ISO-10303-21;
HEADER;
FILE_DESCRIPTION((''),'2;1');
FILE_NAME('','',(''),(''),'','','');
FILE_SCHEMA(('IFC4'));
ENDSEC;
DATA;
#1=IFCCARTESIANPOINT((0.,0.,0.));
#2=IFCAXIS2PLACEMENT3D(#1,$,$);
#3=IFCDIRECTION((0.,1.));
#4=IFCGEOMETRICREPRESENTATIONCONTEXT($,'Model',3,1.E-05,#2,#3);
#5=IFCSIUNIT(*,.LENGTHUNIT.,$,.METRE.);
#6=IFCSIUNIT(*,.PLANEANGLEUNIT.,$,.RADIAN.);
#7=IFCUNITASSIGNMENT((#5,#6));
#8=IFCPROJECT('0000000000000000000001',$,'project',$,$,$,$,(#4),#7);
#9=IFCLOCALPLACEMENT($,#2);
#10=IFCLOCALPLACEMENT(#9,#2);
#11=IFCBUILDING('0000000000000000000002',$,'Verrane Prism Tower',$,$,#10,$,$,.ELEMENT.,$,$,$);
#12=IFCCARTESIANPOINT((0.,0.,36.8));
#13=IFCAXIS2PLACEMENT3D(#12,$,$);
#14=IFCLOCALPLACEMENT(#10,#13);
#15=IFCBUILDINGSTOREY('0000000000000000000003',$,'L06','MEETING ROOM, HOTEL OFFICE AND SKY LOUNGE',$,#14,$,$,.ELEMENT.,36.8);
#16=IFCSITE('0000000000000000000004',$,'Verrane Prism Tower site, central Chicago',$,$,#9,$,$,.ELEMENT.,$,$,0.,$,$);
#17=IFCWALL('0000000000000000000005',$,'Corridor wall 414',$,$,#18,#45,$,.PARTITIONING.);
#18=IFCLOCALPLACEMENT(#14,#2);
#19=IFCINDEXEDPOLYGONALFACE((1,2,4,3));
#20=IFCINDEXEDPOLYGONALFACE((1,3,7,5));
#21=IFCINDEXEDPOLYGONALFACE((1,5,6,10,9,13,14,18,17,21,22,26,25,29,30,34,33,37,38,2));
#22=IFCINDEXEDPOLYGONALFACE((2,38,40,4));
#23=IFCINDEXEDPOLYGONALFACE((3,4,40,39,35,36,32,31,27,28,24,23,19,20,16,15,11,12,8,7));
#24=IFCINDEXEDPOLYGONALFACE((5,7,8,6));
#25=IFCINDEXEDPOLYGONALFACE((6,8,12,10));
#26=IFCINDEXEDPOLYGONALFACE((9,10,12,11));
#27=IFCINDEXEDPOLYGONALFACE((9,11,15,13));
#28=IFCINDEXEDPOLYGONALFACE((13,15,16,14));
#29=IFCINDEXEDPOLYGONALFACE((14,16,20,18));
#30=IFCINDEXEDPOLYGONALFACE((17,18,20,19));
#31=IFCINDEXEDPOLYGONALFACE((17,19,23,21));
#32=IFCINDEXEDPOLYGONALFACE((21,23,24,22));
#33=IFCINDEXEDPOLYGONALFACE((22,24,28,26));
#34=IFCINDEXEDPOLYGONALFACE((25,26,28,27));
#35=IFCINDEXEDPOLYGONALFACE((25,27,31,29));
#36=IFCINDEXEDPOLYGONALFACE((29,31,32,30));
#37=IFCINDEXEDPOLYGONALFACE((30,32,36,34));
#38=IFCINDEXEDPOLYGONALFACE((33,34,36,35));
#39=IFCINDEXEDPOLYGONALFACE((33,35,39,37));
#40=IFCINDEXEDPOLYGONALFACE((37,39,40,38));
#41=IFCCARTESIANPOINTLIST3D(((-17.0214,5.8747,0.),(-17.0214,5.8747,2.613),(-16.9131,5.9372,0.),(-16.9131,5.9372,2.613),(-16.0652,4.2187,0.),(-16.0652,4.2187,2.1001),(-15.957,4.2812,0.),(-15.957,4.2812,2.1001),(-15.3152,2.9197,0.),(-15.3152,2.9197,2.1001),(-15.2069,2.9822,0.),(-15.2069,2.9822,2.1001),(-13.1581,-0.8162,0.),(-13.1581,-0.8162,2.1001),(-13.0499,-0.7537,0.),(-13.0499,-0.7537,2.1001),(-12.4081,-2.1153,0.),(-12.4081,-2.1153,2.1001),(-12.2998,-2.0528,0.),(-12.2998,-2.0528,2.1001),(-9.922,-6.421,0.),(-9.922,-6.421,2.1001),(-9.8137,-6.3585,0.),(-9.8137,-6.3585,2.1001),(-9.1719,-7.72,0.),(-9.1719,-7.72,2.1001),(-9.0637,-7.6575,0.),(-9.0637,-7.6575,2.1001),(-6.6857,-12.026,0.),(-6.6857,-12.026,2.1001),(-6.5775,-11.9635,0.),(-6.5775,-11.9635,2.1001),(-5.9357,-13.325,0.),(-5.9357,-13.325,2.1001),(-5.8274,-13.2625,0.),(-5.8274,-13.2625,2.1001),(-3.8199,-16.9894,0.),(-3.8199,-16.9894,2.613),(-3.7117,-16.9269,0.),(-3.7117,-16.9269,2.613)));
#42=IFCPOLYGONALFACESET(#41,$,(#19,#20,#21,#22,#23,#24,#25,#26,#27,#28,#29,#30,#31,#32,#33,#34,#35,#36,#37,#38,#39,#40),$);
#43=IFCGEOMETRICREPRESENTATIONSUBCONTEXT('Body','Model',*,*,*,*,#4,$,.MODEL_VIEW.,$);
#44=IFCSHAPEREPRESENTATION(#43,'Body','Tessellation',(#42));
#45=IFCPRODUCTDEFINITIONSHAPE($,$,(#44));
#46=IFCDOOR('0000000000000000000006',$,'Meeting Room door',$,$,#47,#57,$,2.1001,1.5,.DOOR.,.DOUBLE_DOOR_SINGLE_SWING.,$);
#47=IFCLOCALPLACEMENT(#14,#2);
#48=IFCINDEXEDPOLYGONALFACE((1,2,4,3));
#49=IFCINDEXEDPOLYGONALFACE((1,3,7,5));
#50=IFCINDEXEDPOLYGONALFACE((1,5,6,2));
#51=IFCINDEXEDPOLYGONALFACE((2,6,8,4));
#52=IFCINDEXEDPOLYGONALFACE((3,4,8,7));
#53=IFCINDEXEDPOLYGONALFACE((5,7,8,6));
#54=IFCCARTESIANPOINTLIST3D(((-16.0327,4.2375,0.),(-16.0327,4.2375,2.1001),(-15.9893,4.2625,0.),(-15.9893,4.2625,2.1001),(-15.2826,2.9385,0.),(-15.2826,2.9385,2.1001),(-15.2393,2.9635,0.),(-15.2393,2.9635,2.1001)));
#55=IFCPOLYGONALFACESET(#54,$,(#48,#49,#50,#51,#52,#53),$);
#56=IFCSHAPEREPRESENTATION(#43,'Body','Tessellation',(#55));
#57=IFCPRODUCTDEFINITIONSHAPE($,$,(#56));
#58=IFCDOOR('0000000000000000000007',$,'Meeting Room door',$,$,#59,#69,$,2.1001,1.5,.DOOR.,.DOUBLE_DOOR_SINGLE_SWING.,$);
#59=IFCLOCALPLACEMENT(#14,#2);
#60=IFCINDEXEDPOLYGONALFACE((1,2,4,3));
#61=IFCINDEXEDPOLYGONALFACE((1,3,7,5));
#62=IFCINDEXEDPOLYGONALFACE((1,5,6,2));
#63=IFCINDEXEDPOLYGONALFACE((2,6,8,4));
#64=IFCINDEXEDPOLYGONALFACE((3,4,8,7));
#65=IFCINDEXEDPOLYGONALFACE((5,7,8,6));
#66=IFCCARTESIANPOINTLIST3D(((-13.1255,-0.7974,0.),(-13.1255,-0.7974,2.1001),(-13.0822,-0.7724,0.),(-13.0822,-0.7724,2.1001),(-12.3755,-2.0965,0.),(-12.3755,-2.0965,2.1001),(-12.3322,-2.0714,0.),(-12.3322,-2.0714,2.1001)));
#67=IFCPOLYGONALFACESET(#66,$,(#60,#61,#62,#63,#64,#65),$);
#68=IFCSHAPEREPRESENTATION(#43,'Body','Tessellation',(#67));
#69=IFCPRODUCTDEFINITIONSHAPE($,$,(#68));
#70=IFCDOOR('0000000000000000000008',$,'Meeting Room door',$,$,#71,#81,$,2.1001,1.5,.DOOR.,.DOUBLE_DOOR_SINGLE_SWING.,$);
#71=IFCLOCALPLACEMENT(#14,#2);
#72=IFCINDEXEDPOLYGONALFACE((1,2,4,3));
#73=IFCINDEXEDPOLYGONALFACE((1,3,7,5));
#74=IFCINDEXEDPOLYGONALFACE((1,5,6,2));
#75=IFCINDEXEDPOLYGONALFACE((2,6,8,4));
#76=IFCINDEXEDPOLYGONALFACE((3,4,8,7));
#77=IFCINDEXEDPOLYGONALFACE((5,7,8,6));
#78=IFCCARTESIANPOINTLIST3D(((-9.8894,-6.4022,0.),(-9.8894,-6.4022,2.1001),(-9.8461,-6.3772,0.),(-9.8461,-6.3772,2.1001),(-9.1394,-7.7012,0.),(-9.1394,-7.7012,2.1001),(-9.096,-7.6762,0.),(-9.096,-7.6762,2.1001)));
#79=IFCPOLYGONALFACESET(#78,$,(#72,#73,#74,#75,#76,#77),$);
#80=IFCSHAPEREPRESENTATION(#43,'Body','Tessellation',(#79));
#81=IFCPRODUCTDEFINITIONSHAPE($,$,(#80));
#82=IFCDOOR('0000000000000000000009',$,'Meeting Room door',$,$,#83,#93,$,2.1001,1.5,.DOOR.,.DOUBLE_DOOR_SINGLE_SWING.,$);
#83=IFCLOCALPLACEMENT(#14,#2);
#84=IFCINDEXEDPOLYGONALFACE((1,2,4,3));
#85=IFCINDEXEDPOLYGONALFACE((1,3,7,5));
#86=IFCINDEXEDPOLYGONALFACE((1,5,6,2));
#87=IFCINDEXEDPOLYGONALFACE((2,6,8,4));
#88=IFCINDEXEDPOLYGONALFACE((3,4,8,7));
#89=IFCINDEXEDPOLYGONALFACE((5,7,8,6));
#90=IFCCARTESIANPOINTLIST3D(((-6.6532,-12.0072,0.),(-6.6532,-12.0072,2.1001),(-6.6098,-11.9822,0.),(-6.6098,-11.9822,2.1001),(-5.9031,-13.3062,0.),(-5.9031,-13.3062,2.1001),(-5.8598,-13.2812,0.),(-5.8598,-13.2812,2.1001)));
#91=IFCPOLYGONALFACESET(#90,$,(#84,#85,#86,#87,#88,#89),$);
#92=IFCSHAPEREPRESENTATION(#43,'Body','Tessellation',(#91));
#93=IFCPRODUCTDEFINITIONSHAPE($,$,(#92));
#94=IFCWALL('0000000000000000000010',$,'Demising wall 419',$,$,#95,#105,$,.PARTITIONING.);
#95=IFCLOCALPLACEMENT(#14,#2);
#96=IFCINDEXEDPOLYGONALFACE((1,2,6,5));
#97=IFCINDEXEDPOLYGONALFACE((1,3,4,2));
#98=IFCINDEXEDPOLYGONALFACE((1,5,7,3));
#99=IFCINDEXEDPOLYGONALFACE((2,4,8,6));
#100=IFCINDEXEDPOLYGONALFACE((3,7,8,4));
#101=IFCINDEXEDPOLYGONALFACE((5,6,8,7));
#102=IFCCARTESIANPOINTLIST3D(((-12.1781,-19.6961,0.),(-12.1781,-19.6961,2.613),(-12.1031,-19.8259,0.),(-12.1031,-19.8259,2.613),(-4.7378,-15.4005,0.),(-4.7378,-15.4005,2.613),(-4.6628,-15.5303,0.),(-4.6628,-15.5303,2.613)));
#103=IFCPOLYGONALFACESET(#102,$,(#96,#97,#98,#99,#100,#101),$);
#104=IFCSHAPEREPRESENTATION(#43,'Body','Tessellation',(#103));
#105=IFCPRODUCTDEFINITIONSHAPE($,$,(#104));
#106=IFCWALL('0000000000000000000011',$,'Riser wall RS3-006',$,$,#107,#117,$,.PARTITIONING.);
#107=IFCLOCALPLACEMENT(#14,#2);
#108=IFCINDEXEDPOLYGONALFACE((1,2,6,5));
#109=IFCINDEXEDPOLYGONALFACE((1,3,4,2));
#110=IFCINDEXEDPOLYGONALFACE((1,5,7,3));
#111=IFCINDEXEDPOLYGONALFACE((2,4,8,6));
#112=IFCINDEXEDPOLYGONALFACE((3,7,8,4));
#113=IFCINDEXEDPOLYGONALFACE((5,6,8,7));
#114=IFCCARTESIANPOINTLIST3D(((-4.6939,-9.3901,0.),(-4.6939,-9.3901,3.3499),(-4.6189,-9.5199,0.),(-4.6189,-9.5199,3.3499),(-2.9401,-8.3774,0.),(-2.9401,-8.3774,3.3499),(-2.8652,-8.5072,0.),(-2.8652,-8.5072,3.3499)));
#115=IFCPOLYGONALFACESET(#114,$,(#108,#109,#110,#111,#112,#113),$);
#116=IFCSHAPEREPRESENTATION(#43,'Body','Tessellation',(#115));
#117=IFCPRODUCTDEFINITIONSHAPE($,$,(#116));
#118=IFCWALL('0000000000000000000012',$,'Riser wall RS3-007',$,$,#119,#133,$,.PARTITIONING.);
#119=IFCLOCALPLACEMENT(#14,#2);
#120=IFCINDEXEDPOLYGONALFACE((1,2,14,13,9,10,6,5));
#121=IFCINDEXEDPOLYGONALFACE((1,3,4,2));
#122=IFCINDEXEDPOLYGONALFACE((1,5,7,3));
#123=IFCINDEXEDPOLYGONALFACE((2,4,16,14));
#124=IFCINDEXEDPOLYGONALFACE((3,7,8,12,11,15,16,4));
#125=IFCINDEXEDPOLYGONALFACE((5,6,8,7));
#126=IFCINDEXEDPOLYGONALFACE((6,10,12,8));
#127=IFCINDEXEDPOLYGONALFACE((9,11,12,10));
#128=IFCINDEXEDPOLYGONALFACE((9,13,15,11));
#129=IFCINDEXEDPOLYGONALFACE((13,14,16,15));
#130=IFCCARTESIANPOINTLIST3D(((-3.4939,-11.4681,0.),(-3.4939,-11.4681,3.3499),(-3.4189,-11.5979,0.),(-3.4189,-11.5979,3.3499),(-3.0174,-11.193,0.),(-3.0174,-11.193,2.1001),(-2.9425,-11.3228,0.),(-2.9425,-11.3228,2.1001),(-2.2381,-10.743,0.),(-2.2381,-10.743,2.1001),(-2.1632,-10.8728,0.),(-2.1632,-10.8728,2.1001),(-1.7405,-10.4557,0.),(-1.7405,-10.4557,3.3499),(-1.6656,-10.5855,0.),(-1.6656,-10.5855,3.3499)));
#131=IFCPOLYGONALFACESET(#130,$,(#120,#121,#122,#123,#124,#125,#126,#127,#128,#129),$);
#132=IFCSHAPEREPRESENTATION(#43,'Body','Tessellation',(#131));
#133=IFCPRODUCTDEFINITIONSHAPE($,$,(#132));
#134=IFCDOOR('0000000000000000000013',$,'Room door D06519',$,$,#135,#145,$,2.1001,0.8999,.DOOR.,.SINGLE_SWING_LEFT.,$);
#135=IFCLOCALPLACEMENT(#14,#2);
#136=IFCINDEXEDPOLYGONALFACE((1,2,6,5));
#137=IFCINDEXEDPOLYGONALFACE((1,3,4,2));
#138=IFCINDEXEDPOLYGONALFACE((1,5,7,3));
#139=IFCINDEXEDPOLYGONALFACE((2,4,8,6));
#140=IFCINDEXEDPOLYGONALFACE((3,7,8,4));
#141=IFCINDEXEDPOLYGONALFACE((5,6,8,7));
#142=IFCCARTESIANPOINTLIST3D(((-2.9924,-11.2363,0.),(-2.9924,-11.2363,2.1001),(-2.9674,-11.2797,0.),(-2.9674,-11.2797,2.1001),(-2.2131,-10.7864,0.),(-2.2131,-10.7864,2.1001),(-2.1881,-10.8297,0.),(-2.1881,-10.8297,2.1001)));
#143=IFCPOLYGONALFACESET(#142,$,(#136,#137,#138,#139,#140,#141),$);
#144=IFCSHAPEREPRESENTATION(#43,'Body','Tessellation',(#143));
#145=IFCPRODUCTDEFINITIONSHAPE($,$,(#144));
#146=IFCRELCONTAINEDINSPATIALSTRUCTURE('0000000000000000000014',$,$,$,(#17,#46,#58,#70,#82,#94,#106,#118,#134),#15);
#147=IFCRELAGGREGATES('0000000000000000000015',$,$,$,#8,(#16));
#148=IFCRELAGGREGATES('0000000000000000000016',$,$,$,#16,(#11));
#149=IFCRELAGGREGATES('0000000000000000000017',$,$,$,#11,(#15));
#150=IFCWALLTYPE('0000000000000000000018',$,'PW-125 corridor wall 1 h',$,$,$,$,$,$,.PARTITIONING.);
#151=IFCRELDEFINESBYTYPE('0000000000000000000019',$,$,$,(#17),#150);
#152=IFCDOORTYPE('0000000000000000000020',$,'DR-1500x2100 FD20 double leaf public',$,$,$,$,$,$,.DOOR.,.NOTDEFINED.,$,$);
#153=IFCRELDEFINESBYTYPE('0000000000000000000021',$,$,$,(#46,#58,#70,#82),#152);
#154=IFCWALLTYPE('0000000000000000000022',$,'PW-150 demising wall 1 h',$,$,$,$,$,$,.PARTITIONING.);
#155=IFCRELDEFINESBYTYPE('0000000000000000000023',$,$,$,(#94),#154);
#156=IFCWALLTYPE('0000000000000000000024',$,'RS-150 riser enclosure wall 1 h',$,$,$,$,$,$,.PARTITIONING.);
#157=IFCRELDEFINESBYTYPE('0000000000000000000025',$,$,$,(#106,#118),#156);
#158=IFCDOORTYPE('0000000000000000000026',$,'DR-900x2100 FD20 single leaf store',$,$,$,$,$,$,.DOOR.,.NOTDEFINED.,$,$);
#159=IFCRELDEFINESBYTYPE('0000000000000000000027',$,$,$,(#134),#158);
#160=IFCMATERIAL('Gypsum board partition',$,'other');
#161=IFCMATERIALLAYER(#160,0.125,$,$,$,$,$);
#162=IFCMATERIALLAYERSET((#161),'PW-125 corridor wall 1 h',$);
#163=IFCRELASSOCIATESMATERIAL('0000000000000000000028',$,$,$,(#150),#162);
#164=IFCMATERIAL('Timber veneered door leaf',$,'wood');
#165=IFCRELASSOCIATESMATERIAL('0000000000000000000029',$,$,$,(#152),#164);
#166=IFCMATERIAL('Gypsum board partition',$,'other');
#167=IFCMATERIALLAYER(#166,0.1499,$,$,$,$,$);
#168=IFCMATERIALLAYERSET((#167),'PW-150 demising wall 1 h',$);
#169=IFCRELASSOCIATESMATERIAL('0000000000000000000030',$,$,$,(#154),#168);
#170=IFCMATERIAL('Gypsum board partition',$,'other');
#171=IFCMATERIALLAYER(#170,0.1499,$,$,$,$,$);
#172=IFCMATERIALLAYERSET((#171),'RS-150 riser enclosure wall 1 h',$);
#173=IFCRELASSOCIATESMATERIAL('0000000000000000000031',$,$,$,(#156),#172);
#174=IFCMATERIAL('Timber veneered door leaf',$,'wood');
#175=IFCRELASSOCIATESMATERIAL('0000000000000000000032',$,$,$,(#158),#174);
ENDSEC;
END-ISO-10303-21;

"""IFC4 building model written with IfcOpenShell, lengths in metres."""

from ifc_helpers import new_model, si_unit, direction, frame, frame_2d, origin, place, context, subcontext, project, spatial, rectangle, extrude, material, layer, layer_set, type_object, element, fill, save


model = new_model("IFC4")

# Units and contexts
model_context = context("Model", 3, precision=1e-05, world=origin(), true_north=direction((0.0, 1.0)))
body_context = subcontext(model_context, "Body", "Model", "MODEL_VIEW")
ifc_project = project(units=[si_unit("LENGTHUNIT", "METRE"), si_unit("PLANEANGLEUNIT", "RADIAN")], contexts=[model_context])

# Site, building, storey
site_placement = place(None, origin())
site = spatial("IfcSite", under=ifc_project, at=site_placement, Name="Verrane Prism Tower site, central Chicago", CompositionType="ELEMENT", RefElevation=0.0)
building_placement = place(site_placement, origin())
building = spatial("IfcBuilding", under=site, at=building_placement, Name="Verrane Prism Tower", CompositionType="ELEMENT")
storey_placement = place(building_placement, frame((0.0, 0.0, 36.8)))
storey = spatial("IfcBuildingStorey", under=building, at=storey_placement, Name="L06", Description="MEETING ROOM, HOTEL OFFICE AND SKY LOUNGE", CompositionType="ELEMENT", Elevation=36.8)

# Wall, openings, doors
ifc_material_1 = material(Name="Gypsum board partition", Category="other")
ifc_layer_1 = layer(ifc_material_1, 0.125)
ifc_layer_set_1 = layer_set([ifc_layer_1], Name="PW-125 corridor wall 1 h")
wall_type_1 = type_object("IfcWallType", Name="PW-125 corridor wall 1 h", PredefinedType="PARTITIONING", material=ifc_layer_set_1)
wall_1_placement = place(storey_placement, frame((-3.7659, -16.958, 0.0), z_axis=(0.0, 0.0, 1.0), x_axis=(-0.500025, 0.866011, 0.0)))
wall_1 = element("IfcWall", 1, at=wall_1_placement, inside=storey, type_object=wall_type_1, Name="Corridor wall 414", PredefinedType="PARTITIONING", context=body_context, shape_type="SweptSolid", body=[
    extrude(rectangle(XDim=26.4016, YDim=0.125, at=frame_2d((13.2007, 0.0))), origin(), (0.0, 0.0, 1.0), 2.613),
])
opening_1_placement = place(wall_1_placement, frame((22.9893, 0.0, 0.0)))
opening_1 = element("IfcOpeningElement", 2, at=opening_1_placement, cuts=wall_1, PredefinedType="OPENING", context=body_context, shape_type="SweptSolid", body=[
    extrude(rectangle(XDim=1.5, YDim=2.1001, at=frame_2d((0.75, 1.05))), frame((0.0, 0.0725, 0.0), z_axis=(0.0, -1.0, 0.0), x_axis=(1.0, 0.0, 0.0)), (0.0, 0.0, 1.0), 0.145),
])
opening_2_placement = place(wall_1_placement, frame((17.1753, 0.0, 0.0)))
opening_2 = element("IfcOpeningElement", 3, at=opening_2_placement, cuts=wall_1, PredefinedType="OPENING", context=body_context, shape_type="SweptSolid", body=[
    extrude(rectangle(XDim=1.5, YDim=2.1001, at=frame_2d((0.75, 1.05))), frame((0.0, 0.0725, 0.0), z_axis=(0.0, -1.0, 0.0), x_axis=(1.0, 0.0, 0.0)), (0.0, 0.0, 1.0), 0.145),
])
opening_3_placement = place(wall_1_placement, frame((10.7034, 0.0, 0.0)))
opening_3 = element("IfcOpeningElement", 4, at=opening_3_placement, cuts=wall_1, PredefinedType="OPENING", context=body_context, shape_type="SweptSolid", body=[
    extrude(rectangle(XDim=1.5, YDim=2.1001, at=frame_2d((0.75, 1.05))), frame((0.0, 0.0725, 0.0), z_axis=(0.0, -1.0, 0.0), x_axis=(1.0, 0.0, 0.0)), (0.0, 0.0, 1.0), 0.145),
])
opening_4_placement = place(wall_1_placement, frame((4.2312, 0.0, 0.0)))
opening_4 = element("IfcOpeningElement", 5, at=opening_4_placement, cuts=wall_1, PredefinedType="OPENING", context=body_context, shape_type="SweptSolid", body=[
    extrude(rectangle(XDim=1.5, YDim=2.1001, at=frame_2d((0.75, 1.05))), frame((0.0, 0.0725, 0.0), z_axis=(0.0, -1.0, 0.0), x_axis=(1.0, 0.0, 0.0)), (0.0, 0.0, 1.0), 0.145),
])
ifc_material_2 = material(Name="Timber veneered door leaf", Category="wood")
door_type_1 = type_object("IfcDoorType", Name="DR-1500x2100 FD20 double leaf public", OperationType="NOTDEFINED", PredefinedType="DOOR", material=ifc_material_2)
door_1_placement = place(opening_1_placement, origin())
door_1 = element("IfcDoor", 6, at=door_1_placement, inside=storey, type_object=door_type_1, Name="Meeting Room door", OperationType="DOUBLE_DOOR_SINGLE_SWING", OverallHeight=2.1001, OverallWidth=1.5, PredefinedType="DOOR", context=body_context, shape_type="SweptSolid", body=[
    extrude(rectangle(XDim=1.5, YDim=2.1001, at=frame_2d((0.75, 1.05))), frame((0.0, 0.0249, 0.0), z_axis=(0.0, -1.0, 0.0), x_axis=(1.0, 0.0, 0.0)), (0.0, 0.0, 1.0), 0.05),
])
fill(opening_1, door_1)
door_2_placement = place(opening_2_placement, origin())
door_2 = element("IfcDoor", 7, at=door_2_placement, inside=storey, type_object=door_type_1, Name="Meeting Room door", OperationType="DOUBLE_DOOR_SINGLE_SWING", OverallHeight=2.1001, OverallWidth=1.5, PredefinedType="DOOR", context=body_context, shape_type="SweptSolid", body=[
    extrude(rectangle(XDim=1.5, YDim=2.1001, at=frame_2d((0.75, 1.05))), frame((0.0, 0.0249, 0.0), z_axis=(0.0, -1.0, 0.0), x_axis=(1.0, 0.0, 0.0)), (0.0, 0.0, 1.0), 0.05),
])
fill(opening_2, door_2)
door_3_placement = place(opening_3_placement, origin())
door_3 = element("IfcDoor", 8, at=door_3_placement, inside=storey, type_object=door_type_1, Name="Meeting Room door", OperationType="DOUBLE_DOOR_SINGLE_SWING", OverallHeight=2.1001, OverallWidth=1.5, PredefinedType="DOOR", context=body_context, shape_type="SweptSolid", body=[
    extrude(rectangle(XDim=1.5, YDim=2.1001, at=frame_2d((0.75, 1.05))), frame((0.0, 0.0249, 0.0), z_axis=(0.0, -1.0, 0.0), x_axis=(1.0, 0.0, 0.0)), (0.0, 0.0, 1.0), 0.05),
])
fill(opening_3, door_3)
door_4_placement = place(opening_4_placement, origin())
door_4 = element("IfcDoor", 9, at=door_4_placement, inside=storey, type_object=door_type_1, Name="Meeting Room door", OperationType="DOUBLE_DOOR_SINGLE_SWING", OverallHeight=2.1001, OverallWidth=1.5, PredefinedType="DOOR", context=body_context, shape_type="SweptSolid", body=[
    extrude(rectangle(XDim=1.5, YDim=2.1001, at=frame_2d((0.75, 1.05))), frame((0.0, 0.0249, 0.0), z_axis=(0.0, -1.0, 0.0), x_axis=(1.0, 0.0, 0.0)), (0.0, 0.0, 1.0), 0.05),
])
fill(opening_4, door_4)

# Walls
ifc_material_3 = material(Name="Gypsum board partition", Category="other")
ifc_layer_2 = layer(ifc_material_3, 0.1499)
ifc_layer_set_2 = layer_set([ifc_layer_2], Name="PW-150 demising wall 1 h")
wall_type_2 = type_object("IfcWallType", Name="PW-150 demising wall 1 h", PredefinedType="PARTITIONING", material=ifc_layer_set_2)
wall_2_placement = place(storey_placement, frame((-12.1406, -19.761, 0.0), z_axis=(0.0, 0.0, 1.0), x_axis=(0.866029, 0.499993, 0.0)))
element("IfcWall", 10, at=wall_2_placement, inside=storey, type_object=wall_type_2, Name="Demising wall 419", PredefinedType="PARTITIONING", context=body_context, shape_type="SweptSolid", body=[
    extrude(rectangle(XDim=8.5913, YDim=0.1499, at=frame_2d((4.2957, 0.0))), origin(), (0.0, 0.0, 1.0), 2.613),
])
ifc_material_4 = material(Name="Gypsum board partition", Category="other")
ifc_layer_3 = layer(ifc_material_4, 0.1499)
ifc_layer_set_3 = layer_set([ifc_layer_3], Name="RS-150 riser enclosure wall 1 h")
wall_type_3 = type_object("IfcWallType", Name="RS-150 riser enclosure wall 1 h", PredefinedType="PARTITIONING", material=ifc_layer_set_3)
wall_3_placement = place(storey_placement, frame((-4.6565, -9.4551, 0.0), z_axis=(0.0, 0.0, 1.0), x_axis=(0.865979, 0.500081, 0.0)))
element("IfcWall", 11, at=wall_3_placement, inside=storey, type_object=wall_type_3, Name="Riser wall RS3-006", PredefinedType="PARTITIONING", context=body_context, shape_type="SweptSolid", body=[
    extrude(rectangle(XDim=2.0251, YDim=0.1499, at=frame_2d((1.0127, 0.0))), origin(), (0.0, 0.0, 1.0), 3.3499),
])

# Wall, opening, door
wall_4_placement = place(storey_placement, frame((-3.4563, -11.533, 0.0), z_axis=(0.0, 0.0, 1.0), x_axis=(0.866001, 0.500043, 0.0)))
wall_4 = element("IfcWall", 12, at=wall_4_placement, inside=storey, type_object=wall_type_3, Name="Riser wall RS3-007", PredefinedType="PARTITIONING", context=body_context, shape_type="SweptSolid", body=[
    extrude(rectangle(XDim=2.0247, YDim=0.1499, at=frame_2d((1.0122, 0.0))), origin(), (0.0, 0.0, 1.0), 3.3499),
])
opening_5_placement = place(wall_4_placement, frame((0.55, 0.0, 0.0)))
opening_5 = element("IfcOpeningElement", 13, at=opening_5_placement, cuts=wall_4, PredefinedType="OPENING", context=body_context, shape_type="SweptSolid", body=[
    extrude(rectangle(XDim=0.8999, YDim=2.1001, at=frame_2d((0.45, 1.05))), frame((0.0, 0.085, 0.0), z_axis=(0.0, -1.0, 0.0), x_axis=(1.0, 0.0, 0.0)), (0.0, 0.0, 1.0), 0.1699),
])
ifc_material_5 = material(Name="Timber veneered door leaf", Category="wood")
door_type_2 = type_object("IfcDoorType", Name="DR-900x2100 FD20 single leaf store", OperationType="NOTDEFINED", PredefinedType="DOOR", material=ifc_material_5)
door_5_placement = place(opening_5_placement, origin())
door_5 = element("IfcDoor", 14, at=door_5_placement, inside=storey, type_object=door_type_2, Name="Room door D06519", OperationType="SINGLE_SWING_LEFT", OverallHeight=2.1001, OverallWidth=0.8999, PredefinedType="DOOR", context=body_context, shape_type="SweptSolid", body=[
    extrude(rectangle(XDim=0.8999, YDim=2.1001, at=frame_2d((0.45, 1.05))), frame((0.0, 0.0249, 0.0), z_axis=(0.0, -1.0, 0.0), x_axis=(1.0, 0.0, 0.0)), (0.0, 0.0, 1.0), 0.05),
])
fill(opening_5, door_5)

save(model, "model.ifc")
